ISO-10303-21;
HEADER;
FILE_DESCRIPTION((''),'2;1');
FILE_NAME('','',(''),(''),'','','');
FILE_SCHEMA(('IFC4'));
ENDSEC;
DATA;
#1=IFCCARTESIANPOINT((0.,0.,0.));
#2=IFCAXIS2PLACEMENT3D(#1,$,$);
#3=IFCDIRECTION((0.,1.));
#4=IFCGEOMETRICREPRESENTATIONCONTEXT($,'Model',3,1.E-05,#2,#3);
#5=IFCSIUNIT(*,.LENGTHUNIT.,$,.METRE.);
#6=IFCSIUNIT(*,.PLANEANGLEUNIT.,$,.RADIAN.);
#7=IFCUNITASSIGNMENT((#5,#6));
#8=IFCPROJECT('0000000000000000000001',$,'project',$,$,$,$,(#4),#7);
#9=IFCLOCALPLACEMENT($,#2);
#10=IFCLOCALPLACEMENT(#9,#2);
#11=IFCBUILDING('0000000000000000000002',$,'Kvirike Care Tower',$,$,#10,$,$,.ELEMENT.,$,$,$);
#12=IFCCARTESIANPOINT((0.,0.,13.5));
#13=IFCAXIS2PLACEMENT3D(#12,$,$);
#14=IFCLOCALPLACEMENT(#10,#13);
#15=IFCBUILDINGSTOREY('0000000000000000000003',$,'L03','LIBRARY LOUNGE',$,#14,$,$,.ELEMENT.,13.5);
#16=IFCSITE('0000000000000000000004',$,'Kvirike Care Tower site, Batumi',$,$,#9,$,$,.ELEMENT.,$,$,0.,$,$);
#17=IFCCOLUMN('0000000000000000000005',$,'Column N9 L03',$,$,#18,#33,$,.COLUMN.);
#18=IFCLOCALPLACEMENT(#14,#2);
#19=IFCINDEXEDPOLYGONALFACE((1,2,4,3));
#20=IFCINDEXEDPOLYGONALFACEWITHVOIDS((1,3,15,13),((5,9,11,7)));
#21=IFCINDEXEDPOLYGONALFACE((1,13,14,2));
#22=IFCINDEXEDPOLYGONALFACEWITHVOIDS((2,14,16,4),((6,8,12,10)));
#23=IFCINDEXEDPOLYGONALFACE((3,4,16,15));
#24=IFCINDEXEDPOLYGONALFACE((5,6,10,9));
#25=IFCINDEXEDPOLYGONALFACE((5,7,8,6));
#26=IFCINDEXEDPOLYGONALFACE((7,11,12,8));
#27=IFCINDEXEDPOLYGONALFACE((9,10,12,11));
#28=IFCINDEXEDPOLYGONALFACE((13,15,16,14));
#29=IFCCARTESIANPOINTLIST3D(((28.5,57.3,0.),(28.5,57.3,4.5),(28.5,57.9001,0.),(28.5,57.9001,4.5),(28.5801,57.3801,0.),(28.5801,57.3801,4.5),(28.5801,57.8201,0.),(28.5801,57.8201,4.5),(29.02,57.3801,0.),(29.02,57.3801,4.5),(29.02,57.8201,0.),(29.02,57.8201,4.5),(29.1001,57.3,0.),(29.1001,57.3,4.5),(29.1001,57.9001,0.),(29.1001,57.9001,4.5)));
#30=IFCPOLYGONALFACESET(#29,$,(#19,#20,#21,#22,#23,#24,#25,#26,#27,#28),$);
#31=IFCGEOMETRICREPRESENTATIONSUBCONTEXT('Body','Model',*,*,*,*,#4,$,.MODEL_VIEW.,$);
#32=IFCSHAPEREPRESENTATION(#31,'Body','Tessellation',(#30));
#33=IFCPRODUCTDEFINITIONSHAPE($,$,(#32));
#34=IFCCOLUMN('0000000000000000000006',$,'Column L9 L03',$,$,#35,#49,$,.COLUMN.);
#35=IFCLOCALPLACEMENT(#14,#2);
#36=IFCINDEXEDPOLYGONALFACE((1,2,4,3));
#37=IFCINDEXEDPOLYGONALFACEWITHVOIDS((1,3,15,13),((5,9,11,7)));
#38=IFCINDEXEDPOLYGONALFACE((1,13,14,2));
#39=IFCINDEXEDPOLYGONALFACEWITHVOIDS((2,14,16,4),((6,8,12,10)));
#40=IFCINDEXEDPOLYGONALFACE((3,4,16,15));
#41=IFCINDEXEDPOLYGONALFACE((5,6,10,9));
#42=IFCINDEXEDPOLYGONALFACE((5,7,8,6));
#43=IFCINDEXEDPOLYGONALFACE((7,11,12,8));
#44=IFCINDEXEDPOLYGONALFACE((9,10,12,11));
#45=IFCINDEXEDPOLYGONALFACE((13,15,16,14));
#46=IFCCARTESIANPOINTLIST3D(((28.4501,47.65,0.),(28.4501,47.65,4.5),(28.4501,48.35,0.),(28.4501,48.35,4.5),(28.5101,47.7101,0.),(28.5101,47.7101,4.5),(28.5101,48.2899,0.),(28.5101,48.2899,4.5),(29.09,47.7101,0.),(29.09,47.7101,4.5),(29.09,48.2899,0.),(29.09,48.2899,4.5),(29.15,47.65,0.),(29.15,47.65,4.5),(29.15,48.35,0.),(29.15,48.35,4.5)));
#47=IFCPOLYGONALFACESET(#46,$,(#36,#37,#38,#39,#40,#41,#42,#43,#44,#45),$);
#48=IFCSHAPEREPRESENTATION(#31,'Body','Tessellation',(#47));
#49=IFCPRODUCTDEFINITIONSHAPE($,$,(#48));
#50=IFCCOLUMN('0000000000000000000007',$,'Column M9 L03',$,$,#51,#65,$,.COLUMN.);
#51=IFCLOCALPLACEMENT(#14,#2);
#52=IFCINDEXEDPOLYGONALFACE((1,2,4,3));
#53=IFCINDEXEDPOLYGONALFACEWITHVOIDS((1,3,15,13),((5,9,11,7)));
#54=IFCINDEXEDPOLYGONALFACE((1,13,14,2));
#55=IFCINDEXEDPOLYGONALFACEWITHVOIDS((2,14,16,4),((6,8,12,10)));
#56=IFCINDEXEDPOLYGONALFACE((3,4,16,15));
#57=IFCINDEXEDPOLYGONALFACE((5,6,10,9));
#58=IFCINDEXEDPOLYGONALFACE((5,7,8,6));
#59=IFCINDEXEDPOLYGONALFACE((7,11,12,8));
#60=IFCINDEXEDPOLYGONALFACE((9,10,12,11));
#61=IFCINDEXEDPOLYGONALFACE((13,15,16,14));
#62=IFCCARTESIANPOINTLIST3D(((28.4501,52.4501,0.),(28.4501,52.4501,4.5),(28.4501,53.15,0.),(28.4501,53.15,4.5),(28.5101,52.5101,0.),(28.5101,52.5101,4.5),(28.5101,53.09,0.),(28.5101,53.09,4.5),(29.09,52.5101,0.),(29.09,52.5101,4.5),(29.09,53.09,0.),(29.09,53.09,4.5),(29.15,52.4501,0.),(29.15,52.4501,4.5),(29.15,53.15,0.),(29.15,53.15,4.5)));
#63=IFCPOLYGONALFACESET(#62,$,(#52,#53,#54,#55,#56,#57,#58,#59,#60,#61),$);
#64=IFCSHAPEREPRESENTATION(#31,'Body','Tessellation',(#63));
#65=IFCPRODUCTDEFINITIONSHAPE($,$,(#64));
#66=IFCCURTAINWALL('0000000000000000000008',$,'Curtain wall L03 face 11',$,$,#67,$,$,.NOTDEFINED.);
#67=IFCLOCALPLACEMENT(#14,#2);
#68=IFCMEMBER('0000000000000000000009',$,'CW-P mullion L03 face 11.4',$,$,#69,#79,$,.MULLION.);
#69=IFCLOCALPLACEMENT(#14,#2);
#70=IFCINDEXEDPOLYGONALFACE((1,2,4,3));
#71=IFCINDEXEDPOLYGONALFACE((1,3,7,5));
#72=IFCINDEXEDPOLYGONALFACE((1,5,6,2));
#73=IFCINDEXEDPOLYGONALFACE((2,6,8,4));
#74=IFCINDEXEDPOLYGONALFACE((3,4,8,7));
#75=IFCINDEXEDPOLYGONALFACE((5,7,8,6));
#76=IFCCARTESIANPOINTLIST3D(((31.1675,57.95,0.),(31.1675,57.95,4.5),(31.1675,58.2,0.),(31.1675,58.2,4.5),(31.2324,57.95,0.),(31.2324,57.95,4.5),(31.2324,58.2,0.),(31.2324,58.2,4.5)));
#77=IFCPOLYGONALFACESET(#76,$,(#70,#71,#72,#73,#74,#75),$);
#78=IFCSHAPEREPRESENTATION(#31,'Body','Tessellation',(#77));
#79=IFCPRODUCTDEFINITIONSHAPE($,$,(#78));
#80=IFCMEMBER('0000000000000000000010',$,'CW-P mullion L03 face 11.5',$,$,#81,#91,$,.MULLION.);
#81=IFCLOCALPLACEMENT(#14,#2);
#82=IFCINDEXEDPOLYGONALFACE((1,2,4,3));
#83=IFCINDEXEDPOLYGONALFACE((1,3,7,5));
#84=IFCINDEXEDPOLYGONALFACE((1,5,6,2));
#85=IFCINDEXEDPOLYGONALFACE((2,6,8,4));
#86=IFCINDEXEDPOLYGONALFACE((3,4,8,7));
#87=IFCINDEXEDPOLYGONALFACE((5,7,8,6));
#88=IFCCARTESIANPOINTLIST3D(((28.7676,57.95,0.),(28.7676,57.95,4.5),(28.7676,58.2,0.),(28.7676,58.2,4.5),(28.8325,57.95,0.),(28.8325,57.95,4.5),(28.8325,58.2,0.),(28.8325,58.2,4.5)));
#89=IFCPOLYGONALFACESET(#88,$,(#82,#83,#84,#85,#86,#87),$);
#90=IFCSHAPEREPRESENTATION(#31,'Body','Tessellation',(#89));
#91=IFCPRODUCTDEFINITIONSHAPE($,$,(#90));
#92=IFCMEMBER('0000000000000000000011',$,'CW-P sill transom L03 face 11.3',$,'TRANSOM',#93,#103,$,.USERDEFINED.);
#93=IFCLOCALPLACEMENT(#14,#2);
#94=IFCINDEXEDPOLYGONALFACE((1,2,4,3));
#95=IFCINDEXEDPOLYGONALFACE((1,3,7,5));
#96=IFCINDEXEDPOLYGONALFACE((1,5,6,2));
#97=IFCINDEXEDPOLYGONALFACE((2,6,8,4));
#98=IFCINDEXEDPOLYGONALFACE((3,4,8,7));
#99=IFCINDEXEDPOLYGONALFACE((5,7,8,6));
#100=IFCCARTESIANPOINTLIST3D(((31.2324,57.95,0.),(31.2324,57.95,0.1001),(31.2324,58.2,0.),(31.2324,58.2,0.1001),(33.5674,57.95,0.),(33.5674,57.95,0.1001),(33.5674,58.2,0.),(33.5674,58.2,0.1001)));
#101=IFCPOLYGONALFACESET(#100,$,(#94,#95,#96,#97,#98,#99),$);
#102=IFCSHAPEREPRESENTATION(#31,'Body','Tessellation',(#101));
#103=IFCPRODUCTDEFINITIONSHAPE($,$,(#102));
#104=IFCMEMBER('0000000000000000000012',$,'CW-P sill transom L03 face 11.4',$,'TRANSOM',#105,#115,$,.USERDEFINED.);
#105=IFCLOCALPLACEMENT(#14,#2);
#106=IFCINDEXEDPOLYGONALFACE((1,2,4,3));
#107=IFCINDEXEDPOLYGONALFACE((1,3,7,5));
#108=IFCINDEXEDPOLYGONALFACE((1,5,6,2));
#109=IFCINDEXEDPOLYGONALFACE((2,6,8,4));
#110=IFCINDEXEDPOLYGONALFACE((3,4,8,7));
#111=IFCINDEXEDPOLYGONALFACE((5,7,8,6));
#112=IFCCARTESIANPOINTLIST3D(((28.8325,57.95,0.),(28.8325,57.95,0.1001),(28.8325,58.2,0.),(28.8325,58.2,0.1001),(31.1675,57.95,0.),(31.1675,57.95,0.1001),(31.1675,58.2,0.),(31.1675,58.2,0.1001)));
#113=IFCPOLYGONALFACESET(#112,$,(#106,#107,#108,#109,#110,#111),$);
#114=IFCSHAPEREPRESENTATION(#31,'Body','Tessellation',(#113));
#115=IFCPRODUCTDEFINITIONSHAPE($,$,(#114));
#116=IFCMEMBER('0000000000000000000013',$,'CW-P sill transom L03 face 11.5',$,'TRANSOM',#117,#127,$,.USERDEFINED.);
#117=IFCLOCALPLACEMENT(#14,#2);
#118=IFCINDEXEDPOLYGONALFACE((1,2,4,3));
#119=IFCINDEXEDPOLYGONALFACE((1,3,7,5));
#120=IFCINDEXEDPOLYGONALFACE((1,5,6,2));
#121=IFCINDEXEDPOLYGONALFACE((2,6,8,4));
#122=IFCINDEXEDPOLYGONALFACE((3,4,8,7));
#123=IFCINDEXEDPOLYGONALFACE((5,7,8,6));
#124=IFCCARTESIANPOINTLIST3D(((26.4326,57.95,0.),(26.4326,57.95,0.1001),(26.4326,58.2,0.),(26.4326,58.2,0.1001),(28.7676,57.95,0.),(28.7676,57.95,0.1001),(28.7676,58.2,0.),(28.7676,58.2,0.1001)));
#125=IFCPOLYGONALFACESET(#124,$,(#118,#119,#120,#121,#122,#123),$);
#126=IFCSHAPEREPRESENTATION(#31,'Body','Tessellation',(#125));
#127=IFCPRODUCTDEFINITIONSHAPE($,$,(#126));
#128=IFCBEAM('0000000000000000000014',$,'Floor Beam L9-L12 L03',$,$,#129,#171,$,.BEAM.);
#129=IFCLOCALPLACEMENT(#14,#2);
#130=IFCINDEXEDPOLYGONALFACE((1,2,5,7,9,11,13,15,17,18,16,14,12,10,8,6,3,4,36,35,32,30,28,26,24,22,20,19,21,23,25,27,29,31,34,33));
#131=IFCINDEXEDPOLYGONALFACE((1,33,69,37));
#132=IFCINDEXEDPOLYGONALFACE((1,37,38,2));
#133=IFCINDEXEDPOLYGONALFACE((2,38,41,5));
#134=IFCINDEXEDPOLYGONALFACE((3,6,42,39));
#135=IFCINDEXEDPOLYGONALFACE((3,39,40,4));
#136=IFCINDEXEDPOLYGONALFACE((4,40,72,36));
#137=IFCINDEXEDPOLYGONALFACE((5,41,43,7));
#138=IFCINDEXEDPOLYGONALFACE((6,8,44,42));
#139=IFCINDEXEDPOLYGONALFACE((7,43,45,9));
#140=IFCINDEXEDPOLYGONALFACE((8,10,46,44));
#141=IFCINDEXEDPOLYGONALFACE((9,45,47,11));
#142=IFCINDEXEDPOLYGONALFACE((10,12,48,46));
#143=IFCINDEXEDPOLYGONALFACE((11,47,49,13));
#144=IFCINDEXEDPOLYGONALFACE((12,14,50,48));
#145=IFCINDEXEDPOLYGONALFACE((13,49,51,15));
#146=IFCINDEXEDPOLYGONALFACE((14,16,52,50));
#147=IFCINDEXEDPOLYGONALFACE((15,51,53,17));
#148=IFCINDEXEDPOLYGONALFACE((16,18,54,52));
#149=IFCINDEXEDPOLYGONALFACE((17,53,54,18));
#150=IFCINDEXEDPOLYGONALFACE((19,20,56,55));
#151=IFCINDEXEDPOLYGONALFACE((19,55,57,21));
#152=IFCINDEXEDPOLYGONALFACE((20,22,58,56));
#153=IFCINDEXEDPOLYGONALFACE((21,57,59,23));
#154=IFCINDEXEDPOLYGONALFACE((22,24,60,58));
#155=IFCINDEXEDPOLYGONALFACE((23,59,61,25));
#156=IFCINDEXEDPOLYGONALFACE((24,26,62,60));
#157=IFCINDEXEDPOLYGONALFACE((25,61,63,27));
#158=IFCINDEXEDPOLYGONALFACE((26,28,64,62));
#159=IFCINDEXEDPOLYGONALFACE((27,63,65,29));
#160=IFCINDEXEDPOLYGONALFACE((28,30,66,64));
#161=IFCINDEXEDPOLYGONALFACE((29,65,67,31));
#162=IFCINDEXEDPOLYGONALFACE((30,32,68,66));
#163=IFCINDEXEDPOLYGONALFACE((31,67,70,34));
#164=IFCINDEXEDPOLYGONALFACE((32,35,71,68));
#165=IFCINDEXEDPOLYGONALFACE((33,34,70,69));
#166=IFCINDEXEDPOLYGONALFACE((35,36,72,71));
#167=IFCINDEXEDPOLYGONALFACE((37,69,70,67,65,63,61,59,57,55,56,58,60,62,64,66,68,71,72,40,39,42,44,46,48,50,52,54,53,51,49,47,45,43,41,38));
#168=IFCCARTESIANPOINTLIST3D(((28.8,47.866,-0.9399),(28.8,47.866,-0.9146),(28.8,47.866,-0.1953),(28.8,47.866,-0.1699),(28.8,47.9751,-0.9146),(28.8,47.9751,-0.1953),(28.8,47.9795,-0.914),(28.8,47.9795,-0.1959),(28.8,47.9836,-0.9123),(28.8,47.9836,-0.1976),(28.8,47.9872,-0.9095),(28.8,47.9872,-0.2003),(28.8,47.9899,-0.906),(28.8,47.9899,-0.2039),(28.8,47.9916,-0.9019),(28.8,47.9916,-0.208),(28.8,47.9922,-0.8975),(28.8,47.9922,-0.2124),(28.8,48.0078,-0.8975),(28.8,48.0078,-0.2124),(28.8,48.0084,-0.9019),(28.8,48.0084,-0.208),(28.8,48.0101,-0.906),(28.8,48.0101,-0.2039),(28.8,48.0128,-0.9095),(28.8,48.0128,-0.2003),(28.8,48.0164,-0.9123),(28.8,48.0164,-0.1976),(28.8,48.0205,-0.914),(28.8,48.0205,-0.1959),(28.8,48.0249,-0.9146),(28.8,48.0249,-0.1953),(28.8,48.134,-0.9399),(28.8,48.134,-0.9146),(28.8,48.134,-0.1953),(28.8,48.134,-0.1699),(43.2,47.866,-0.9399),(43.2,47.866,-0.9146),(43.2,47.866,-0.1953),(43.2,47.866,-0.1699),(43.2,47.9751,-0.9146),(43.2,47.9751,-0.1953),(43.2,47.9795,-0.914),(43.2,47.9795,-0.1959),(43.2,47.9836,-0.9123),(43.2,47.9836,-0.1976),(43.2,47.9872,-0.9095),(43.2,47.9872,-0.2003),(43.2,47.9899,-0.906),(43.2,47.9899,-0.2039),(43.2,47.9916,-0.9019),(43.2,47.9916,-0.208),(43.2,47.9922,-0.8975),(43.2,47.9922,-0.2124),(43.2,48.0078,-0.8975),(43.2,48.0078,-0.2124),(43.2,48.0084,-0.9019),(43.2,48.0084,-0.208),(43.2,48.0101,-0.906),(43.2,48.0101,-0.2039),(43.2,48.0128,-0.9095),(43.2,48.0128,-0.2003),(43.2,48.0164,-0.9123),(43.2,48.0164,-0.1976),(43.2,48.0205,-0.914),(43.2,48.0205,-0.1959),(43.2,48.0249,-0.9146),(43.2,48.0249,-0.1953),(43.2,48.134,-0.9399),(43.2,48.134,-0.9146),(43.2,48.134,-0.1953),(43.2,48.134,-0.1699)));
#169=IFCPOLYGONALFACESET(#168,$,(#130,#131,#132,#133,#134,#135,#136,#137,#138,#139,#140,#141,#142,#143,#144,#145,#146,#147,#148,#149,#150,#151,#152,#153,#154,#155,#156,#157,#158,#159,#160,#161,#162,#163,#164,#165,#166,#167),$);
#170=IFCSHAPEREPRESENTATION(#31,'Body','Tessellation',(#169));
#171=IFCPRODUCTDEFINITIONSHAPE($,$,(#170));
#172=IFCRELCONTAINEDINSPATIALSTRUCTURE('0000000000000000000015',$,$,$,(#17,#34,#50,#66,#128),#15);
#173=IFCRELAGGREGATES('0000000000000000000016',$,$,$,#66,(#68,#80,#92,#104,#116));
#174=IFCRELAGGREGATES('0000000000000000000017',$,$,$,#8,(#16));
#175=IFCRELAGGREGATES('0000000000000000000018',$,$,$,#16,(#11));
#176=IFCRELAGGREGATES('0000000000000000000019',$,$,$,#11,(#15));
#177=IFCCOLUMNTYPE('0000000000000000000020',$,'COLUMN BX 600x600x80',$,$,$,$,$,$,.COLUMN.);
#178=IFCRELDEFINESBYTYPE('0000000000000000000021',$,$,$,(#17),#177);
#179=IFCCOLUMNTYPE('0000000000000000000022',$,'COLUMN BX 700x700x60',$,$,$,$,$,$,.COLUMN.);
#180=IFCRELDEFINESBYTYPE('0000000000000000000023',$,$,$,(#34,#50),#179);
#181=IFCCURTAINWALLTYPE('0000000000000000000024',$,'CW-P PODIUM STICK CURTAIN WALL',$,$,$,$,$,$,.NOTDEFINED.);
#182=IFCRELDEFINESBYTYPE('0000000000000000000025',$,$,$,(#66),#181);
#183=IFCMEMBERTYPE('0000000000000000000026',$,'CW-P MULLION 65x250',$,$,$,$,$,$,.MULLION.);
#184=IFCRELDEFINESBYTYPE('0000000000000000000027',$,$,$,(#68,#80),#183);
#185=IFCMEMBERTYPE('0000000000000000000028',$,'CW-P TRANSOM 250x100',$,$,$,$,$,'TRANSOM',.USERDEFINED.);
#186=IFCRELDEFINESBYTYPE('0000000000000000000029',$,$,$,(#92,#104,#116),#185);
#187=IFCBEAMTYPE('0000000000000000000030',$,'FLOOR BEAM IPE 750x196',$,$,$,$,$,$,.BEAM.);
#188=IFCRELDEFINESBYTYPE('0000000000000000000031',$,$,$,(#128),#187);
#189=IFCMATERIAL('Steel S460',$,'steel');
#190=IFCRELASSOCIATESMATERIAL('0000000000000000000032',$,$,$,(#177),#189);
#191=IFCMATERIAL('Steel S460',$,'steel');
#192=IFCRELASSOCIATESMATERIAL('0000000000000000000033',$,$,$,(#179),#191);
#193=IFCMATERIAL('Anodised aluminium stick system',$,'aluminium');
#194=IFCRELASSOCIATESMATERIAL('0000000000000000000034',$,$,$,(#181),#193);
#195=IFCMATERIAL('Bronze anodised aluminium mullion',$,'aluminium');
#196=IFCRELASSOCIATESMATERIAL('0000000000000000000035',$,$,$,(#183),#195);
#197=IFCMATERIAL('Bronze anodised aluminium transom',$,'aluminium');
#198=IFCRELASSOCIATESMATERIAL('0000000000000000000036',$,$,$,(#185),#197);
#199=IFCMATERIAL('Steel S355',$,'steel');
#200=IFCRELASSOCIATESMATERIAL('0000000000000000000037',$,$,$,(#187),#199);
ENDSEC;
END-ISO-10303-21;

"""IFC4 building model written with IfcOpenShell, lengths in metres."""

from ifc_helpers import new_model, si_unit, direction, frame, origin, origin_2d, place, context, subcontext, project, spatial, rectangle, hollow_rectangle, i_section, extrude, material, material_profile, profile_set, type_object, element, aggregate, save


model = new_model("IFC4")

# Units and contexts
model_context = context("Model", 3, precision=1e-05, world=origin(), true_north=direction((0.0, 1.0)))
body_context = subcontext(model_context, "Body", "Model", "MODEL_VIEW")
ifc_project = project(units=[si_unit("LENGTHUNIT", "METRE"), si_unit("PLANEANGLEUNIT", "RADIAN")], contexts=[model_context])

# Site, building, storey
site_placement = place(None, origin())
site = spatial("IfcSite", under=ifc_project, at=site_placement, Name="Kvirike Care Tower site, Batumi", CompositionType="ELEMENT", RefElevation=0.0)
building_placement = place(site_placement, origin())
building = spatial("IfcBuilding", under=site, at=building_placement, Name="Kvirike Care Tower", CompositionType="ELEMENT")
storey_placement = place(building_placement, frame((0.0, 0.0, 13.5)))
storey = spatial("IfcBuildingStorey", under=building, at=storey_placement, Name="L03", Description="LIBRARY LOUNGE", CompositionType="ELEMENT", Elevation=13.5)

# Columns
ifc_material_1 = material(Name="Steel S460", Category="steel")
ifc_material_profile_1 = material_profile(ifc_material_1, hollow_rectangle(XDim=0.6001, YDim=0.6001, WallThickness=0.0801, at=origin_2d()), Name="BX 600x600x80")
ifc_profile_set_1 = profile_set([ifc_material_profile_1], Name="Steel S460")
column_type_1 = type_object("IfcColumnType", Name="COLUMN BX 600x600x80", PredefinedType="COLUMN", material=ifc_profile_set_1)
column_placement = place(storey_placement, frame((28.8, 57.6001, 0.0), z_axis=(0.0, 0.0, 1.0), x_axis=(0.0, 1.0, 0.0)))
element("IfcColumn", 1, at=column_placement, inside=storey, type_object=column_type_1, Name="Column N9 L03", PredefinedType="COLUMN", context=body_context, shape_type="SweptSolid", body=[
    extrude(hollow_rectangle(XDim=0.6001, YDim=0.6001, WallThickness=0.0801, at=origin_2d()), origin(), (0.0, 0.0, 1.0), 4.5),
])
ifc_material_2 = material(Name="Steel S460", Category="steel")
ifc_material_profile_2 = material_profile(ifc_material_2, hollow_rectangle(XDim=0.7, YDim=0.7, WallThickness=0.0601, at=origin_2d()), Name="BX 700x700x60")
ifc_profile_set_2 = profile_set([ifc_material_profile_2], Name="Steel S460")
column_type_2 = type_object("IfcColumnType", Name="COLUMN BX 700x700x60", PredefinedType="COLUMN", material=ifc_profile_set_2)
for number, where, z_axis, x_axis, name in (
    (2, (28.8, 48.0, 0.0), (0.0, 0.0, 1.0), (1.0, 0.0, 0.0), "Column L9 L03"),
    (3, (28.8, 52.8, 0.0), (0.0, 0.0, 1.0), (1.0, 0.0, 0.0), "Column M9 L03"),
):
    element("IfcColumn", number, at=place(storey_placement, frame(where, z_axis=z_axis, x_axis=x_axis)), inside=storey, type_object=column_type_2, Name=name, PredefinedType="COLUMN", context=body_context, shape_type="SweptSolid", body=[
        extrude(hollow_rectangle(XDim=0.7, YDim=0.7, WallThickness=0.0601, at=origin_2d()), origin(), (0.0, 0.0, 1.0), 4.5),
    ])

# Curtain wall, members
ifc_material_3 = material(Name="Anodised aluminium stick system", Category="aluminium")
curtain_wall_type = type_object("IfcCurtainWallType", Name="CW-P PODIUM STICK CURTAIN WALL", PredefinedType="NOTDEFINED", material=ifc_material_3)
curtain_wall_placement = place(storey_placement, origin())
curtain_wall = element("IfcCurtainWall", 4, at=curtain_wall_placement, inside=storey, type_object=curtain_wall_type, Name="Curtain wall L03 face 11", PredefinedType="NOTDEFINED")
ifc_material_4 = material(Name="Bronze anodised aluminium mullion", Category="aluminium")
ifc_material_profile_3 = material_profile(ifc_material_4, rectangle(XDim=0.0649, YDim=0.25, at=origin_2d()), Name="CW-P MULLION 65x250")
ifc_profile_set_3 = profile_set([ifc_material_profile_3], Name="Bronze anodised aluminium mullion")
member_type_1 = type_object("IfcMemberType", Name="CW-P MULLION 65x250", PredefinedType="MULLION", material=ifc_profile_set_3)
member_1_placement = place(storey_placement, frame((31.2, 58.075, 0.0), z_axis=(0.0, 0.0, 1.0), x_axis=(-1.0, 0.0, 0.0)))
member_1 = element("IfcMember", 5, at=member_1_placement, type_object=member_type_1, Name="CW-P mullion L03 face 11.4", PredefinedType="MULLION", context=body_context, shape_type="SweptSolid", body=[
    extrude(rectangle(XDim=0.0649, YDim=0.25, at=origin_2d()), origin(), (0.0, 0.0, 1.0), 4.5),
])
member_2_placement = place(storey_placement, frame((28.8, 58.075, 0.0), z_axis=(0.0, 0.0, 1.0), x_axis=(-1.0, 0.0, 0.0)))
member_2 = element("IfcMember", 6, at=member_2_placement, type_object=member_type_1, Name="CW-P mullion L03 face 11.5", PredefinedType="MULLION", context=body_context, shape_type="SweptSolid", body=[
    extrude(rectangle(XDim=0.0649, YDim=0.25, at=origin_2d()), origin(), (0.0, 0.0, 1.0), 4.5),
])
ifc_material_5 = material(Name="Bronze anodised aluminium transom", Category="aluminium")
ifc_material_profile_4 = material_profile(ifc_material_5, rectangle(XDim=0.25, YDim=0.1001, at=origin_2d()), Name="CW-P TRANSOM 250x100")
ifc_profile_set_4 = profile_set([ifc_material_profile_4], Name="Bronze anodised aluminium transom")
member_type_2 = type_object("IfcMemberType", Name="CW-P TRANSOM 250x100", ElementType="TRANSOM", PredefinedType="USERDEFINED", material=ifc_profile_set_4)
member_3_placement = place(storey_placement, frame((33.5674, 58.075, 0.05), z_axis=(-1.0, 0.0, 0.0), x_axis=(0.0, -1.0, 0.0)))
member_3 = element("IfcMember", 7, at=member_3_placement, type_object=member_type_2, Name="CW-P sill transom L03 face 11.3", ObjectType="TRANSOM", PredefinedType="USERDEFINED", context=body_context, shape_type="SweptSolid", body=[
    extrude(rectangle(XDim=0.25, YDim=0.1001, at=origin_2d()), origin(), (0.0, 0.0, 1.0), 2.335),
])
member_4_placement = place(storey_placement, frame((31.1675, 58.075, 0.05), z_axis=(-1.0, 0.0, 0.0), x_axis=(0.0, -1.0, 0.0)))
member_4 = element("IfcMember", 8, at=member_4_placement, type_object=member_type_2, Name="CW-P sill transom L03 face 11.4", ObjectType="TRANSOM", PredefinedType="USERDEFINED", context=body_context, shape_type="SweptSolid", body=[
    extrude(rectangle(XDim=0.25, YDim=0.1001, at=origin_2d()), origin(), (0.0, 0.0, 1.0), 2.335),
])
member_5_placement = place(storey_placement, frame((28.7676, 58.075, 0.05), z_axis=(-1.0, 0.0, 0.0), x_axis=(0.0, -1.0, 0.0)))
member_5 = element("IfcMember", 9, at=member_5_placement, type_object=member_type_2, Name="CW-P sill transom L03 face 11.5", ObjectType="TRANSOM", PredefinedType="USERDEFINED", context=body_context, shape_type="SweptSolid", body=[
    extrude(rectangle(XDim=0.25, YDim=0.1001, at=origin_2d()), origin(), (0.0, 0.0, 1.0), 2.335),
])

# Beam
ifc_material_6 = material(Name="Steel S355", Category="steel")
ifc_material_profile_5 = material_profile(ifc_material_6, i_section(OverallWidth=0.2681, OverallDepth=0.77, WebThickness=0.0156, FlangeThickness=0.0254, FilletRadius=0.0171, at=origin_2d()), Name="IPE 750x196")
ifc_profile_set_5 = profile_set([ifc_material_profile_5], Name="Steel S355")
beam_type_1 = type_object("IfcBeamType", Name="FLOOR BEAM IPE 750x196", PredefinedType="BEAM", material=ifc_profile_set_5)
beam_1_placement = place(storey_placement, frame((28.8, 48.0, -0.5549), z_axis=(1.0, 0.0, 0.0), x_axis=(0.0, 1.0, 0.0)))
element("IfcBeam", 10, at=beam_1_placement, inside=storey, type_object=beam_type_1, Name="Floor Beam L9-L12 L03", PredefinedType="BEAM", context=body_context, shape_type="SweptSolid", body=[
    extrude(i_section(OverallWidth=0.2681, OverallDepth=0.77, WebThickness=0.0156, FlangeThickness=0.0254, FilletRadius=0.0171, at=origin_2d()), origin(), (0.0, 0.0, 1.0), 14.3999),
])

aggregate(curtain_wall, [member_1, member_2, member_3, member_4, member_5])

save(model, "model.ifc")
